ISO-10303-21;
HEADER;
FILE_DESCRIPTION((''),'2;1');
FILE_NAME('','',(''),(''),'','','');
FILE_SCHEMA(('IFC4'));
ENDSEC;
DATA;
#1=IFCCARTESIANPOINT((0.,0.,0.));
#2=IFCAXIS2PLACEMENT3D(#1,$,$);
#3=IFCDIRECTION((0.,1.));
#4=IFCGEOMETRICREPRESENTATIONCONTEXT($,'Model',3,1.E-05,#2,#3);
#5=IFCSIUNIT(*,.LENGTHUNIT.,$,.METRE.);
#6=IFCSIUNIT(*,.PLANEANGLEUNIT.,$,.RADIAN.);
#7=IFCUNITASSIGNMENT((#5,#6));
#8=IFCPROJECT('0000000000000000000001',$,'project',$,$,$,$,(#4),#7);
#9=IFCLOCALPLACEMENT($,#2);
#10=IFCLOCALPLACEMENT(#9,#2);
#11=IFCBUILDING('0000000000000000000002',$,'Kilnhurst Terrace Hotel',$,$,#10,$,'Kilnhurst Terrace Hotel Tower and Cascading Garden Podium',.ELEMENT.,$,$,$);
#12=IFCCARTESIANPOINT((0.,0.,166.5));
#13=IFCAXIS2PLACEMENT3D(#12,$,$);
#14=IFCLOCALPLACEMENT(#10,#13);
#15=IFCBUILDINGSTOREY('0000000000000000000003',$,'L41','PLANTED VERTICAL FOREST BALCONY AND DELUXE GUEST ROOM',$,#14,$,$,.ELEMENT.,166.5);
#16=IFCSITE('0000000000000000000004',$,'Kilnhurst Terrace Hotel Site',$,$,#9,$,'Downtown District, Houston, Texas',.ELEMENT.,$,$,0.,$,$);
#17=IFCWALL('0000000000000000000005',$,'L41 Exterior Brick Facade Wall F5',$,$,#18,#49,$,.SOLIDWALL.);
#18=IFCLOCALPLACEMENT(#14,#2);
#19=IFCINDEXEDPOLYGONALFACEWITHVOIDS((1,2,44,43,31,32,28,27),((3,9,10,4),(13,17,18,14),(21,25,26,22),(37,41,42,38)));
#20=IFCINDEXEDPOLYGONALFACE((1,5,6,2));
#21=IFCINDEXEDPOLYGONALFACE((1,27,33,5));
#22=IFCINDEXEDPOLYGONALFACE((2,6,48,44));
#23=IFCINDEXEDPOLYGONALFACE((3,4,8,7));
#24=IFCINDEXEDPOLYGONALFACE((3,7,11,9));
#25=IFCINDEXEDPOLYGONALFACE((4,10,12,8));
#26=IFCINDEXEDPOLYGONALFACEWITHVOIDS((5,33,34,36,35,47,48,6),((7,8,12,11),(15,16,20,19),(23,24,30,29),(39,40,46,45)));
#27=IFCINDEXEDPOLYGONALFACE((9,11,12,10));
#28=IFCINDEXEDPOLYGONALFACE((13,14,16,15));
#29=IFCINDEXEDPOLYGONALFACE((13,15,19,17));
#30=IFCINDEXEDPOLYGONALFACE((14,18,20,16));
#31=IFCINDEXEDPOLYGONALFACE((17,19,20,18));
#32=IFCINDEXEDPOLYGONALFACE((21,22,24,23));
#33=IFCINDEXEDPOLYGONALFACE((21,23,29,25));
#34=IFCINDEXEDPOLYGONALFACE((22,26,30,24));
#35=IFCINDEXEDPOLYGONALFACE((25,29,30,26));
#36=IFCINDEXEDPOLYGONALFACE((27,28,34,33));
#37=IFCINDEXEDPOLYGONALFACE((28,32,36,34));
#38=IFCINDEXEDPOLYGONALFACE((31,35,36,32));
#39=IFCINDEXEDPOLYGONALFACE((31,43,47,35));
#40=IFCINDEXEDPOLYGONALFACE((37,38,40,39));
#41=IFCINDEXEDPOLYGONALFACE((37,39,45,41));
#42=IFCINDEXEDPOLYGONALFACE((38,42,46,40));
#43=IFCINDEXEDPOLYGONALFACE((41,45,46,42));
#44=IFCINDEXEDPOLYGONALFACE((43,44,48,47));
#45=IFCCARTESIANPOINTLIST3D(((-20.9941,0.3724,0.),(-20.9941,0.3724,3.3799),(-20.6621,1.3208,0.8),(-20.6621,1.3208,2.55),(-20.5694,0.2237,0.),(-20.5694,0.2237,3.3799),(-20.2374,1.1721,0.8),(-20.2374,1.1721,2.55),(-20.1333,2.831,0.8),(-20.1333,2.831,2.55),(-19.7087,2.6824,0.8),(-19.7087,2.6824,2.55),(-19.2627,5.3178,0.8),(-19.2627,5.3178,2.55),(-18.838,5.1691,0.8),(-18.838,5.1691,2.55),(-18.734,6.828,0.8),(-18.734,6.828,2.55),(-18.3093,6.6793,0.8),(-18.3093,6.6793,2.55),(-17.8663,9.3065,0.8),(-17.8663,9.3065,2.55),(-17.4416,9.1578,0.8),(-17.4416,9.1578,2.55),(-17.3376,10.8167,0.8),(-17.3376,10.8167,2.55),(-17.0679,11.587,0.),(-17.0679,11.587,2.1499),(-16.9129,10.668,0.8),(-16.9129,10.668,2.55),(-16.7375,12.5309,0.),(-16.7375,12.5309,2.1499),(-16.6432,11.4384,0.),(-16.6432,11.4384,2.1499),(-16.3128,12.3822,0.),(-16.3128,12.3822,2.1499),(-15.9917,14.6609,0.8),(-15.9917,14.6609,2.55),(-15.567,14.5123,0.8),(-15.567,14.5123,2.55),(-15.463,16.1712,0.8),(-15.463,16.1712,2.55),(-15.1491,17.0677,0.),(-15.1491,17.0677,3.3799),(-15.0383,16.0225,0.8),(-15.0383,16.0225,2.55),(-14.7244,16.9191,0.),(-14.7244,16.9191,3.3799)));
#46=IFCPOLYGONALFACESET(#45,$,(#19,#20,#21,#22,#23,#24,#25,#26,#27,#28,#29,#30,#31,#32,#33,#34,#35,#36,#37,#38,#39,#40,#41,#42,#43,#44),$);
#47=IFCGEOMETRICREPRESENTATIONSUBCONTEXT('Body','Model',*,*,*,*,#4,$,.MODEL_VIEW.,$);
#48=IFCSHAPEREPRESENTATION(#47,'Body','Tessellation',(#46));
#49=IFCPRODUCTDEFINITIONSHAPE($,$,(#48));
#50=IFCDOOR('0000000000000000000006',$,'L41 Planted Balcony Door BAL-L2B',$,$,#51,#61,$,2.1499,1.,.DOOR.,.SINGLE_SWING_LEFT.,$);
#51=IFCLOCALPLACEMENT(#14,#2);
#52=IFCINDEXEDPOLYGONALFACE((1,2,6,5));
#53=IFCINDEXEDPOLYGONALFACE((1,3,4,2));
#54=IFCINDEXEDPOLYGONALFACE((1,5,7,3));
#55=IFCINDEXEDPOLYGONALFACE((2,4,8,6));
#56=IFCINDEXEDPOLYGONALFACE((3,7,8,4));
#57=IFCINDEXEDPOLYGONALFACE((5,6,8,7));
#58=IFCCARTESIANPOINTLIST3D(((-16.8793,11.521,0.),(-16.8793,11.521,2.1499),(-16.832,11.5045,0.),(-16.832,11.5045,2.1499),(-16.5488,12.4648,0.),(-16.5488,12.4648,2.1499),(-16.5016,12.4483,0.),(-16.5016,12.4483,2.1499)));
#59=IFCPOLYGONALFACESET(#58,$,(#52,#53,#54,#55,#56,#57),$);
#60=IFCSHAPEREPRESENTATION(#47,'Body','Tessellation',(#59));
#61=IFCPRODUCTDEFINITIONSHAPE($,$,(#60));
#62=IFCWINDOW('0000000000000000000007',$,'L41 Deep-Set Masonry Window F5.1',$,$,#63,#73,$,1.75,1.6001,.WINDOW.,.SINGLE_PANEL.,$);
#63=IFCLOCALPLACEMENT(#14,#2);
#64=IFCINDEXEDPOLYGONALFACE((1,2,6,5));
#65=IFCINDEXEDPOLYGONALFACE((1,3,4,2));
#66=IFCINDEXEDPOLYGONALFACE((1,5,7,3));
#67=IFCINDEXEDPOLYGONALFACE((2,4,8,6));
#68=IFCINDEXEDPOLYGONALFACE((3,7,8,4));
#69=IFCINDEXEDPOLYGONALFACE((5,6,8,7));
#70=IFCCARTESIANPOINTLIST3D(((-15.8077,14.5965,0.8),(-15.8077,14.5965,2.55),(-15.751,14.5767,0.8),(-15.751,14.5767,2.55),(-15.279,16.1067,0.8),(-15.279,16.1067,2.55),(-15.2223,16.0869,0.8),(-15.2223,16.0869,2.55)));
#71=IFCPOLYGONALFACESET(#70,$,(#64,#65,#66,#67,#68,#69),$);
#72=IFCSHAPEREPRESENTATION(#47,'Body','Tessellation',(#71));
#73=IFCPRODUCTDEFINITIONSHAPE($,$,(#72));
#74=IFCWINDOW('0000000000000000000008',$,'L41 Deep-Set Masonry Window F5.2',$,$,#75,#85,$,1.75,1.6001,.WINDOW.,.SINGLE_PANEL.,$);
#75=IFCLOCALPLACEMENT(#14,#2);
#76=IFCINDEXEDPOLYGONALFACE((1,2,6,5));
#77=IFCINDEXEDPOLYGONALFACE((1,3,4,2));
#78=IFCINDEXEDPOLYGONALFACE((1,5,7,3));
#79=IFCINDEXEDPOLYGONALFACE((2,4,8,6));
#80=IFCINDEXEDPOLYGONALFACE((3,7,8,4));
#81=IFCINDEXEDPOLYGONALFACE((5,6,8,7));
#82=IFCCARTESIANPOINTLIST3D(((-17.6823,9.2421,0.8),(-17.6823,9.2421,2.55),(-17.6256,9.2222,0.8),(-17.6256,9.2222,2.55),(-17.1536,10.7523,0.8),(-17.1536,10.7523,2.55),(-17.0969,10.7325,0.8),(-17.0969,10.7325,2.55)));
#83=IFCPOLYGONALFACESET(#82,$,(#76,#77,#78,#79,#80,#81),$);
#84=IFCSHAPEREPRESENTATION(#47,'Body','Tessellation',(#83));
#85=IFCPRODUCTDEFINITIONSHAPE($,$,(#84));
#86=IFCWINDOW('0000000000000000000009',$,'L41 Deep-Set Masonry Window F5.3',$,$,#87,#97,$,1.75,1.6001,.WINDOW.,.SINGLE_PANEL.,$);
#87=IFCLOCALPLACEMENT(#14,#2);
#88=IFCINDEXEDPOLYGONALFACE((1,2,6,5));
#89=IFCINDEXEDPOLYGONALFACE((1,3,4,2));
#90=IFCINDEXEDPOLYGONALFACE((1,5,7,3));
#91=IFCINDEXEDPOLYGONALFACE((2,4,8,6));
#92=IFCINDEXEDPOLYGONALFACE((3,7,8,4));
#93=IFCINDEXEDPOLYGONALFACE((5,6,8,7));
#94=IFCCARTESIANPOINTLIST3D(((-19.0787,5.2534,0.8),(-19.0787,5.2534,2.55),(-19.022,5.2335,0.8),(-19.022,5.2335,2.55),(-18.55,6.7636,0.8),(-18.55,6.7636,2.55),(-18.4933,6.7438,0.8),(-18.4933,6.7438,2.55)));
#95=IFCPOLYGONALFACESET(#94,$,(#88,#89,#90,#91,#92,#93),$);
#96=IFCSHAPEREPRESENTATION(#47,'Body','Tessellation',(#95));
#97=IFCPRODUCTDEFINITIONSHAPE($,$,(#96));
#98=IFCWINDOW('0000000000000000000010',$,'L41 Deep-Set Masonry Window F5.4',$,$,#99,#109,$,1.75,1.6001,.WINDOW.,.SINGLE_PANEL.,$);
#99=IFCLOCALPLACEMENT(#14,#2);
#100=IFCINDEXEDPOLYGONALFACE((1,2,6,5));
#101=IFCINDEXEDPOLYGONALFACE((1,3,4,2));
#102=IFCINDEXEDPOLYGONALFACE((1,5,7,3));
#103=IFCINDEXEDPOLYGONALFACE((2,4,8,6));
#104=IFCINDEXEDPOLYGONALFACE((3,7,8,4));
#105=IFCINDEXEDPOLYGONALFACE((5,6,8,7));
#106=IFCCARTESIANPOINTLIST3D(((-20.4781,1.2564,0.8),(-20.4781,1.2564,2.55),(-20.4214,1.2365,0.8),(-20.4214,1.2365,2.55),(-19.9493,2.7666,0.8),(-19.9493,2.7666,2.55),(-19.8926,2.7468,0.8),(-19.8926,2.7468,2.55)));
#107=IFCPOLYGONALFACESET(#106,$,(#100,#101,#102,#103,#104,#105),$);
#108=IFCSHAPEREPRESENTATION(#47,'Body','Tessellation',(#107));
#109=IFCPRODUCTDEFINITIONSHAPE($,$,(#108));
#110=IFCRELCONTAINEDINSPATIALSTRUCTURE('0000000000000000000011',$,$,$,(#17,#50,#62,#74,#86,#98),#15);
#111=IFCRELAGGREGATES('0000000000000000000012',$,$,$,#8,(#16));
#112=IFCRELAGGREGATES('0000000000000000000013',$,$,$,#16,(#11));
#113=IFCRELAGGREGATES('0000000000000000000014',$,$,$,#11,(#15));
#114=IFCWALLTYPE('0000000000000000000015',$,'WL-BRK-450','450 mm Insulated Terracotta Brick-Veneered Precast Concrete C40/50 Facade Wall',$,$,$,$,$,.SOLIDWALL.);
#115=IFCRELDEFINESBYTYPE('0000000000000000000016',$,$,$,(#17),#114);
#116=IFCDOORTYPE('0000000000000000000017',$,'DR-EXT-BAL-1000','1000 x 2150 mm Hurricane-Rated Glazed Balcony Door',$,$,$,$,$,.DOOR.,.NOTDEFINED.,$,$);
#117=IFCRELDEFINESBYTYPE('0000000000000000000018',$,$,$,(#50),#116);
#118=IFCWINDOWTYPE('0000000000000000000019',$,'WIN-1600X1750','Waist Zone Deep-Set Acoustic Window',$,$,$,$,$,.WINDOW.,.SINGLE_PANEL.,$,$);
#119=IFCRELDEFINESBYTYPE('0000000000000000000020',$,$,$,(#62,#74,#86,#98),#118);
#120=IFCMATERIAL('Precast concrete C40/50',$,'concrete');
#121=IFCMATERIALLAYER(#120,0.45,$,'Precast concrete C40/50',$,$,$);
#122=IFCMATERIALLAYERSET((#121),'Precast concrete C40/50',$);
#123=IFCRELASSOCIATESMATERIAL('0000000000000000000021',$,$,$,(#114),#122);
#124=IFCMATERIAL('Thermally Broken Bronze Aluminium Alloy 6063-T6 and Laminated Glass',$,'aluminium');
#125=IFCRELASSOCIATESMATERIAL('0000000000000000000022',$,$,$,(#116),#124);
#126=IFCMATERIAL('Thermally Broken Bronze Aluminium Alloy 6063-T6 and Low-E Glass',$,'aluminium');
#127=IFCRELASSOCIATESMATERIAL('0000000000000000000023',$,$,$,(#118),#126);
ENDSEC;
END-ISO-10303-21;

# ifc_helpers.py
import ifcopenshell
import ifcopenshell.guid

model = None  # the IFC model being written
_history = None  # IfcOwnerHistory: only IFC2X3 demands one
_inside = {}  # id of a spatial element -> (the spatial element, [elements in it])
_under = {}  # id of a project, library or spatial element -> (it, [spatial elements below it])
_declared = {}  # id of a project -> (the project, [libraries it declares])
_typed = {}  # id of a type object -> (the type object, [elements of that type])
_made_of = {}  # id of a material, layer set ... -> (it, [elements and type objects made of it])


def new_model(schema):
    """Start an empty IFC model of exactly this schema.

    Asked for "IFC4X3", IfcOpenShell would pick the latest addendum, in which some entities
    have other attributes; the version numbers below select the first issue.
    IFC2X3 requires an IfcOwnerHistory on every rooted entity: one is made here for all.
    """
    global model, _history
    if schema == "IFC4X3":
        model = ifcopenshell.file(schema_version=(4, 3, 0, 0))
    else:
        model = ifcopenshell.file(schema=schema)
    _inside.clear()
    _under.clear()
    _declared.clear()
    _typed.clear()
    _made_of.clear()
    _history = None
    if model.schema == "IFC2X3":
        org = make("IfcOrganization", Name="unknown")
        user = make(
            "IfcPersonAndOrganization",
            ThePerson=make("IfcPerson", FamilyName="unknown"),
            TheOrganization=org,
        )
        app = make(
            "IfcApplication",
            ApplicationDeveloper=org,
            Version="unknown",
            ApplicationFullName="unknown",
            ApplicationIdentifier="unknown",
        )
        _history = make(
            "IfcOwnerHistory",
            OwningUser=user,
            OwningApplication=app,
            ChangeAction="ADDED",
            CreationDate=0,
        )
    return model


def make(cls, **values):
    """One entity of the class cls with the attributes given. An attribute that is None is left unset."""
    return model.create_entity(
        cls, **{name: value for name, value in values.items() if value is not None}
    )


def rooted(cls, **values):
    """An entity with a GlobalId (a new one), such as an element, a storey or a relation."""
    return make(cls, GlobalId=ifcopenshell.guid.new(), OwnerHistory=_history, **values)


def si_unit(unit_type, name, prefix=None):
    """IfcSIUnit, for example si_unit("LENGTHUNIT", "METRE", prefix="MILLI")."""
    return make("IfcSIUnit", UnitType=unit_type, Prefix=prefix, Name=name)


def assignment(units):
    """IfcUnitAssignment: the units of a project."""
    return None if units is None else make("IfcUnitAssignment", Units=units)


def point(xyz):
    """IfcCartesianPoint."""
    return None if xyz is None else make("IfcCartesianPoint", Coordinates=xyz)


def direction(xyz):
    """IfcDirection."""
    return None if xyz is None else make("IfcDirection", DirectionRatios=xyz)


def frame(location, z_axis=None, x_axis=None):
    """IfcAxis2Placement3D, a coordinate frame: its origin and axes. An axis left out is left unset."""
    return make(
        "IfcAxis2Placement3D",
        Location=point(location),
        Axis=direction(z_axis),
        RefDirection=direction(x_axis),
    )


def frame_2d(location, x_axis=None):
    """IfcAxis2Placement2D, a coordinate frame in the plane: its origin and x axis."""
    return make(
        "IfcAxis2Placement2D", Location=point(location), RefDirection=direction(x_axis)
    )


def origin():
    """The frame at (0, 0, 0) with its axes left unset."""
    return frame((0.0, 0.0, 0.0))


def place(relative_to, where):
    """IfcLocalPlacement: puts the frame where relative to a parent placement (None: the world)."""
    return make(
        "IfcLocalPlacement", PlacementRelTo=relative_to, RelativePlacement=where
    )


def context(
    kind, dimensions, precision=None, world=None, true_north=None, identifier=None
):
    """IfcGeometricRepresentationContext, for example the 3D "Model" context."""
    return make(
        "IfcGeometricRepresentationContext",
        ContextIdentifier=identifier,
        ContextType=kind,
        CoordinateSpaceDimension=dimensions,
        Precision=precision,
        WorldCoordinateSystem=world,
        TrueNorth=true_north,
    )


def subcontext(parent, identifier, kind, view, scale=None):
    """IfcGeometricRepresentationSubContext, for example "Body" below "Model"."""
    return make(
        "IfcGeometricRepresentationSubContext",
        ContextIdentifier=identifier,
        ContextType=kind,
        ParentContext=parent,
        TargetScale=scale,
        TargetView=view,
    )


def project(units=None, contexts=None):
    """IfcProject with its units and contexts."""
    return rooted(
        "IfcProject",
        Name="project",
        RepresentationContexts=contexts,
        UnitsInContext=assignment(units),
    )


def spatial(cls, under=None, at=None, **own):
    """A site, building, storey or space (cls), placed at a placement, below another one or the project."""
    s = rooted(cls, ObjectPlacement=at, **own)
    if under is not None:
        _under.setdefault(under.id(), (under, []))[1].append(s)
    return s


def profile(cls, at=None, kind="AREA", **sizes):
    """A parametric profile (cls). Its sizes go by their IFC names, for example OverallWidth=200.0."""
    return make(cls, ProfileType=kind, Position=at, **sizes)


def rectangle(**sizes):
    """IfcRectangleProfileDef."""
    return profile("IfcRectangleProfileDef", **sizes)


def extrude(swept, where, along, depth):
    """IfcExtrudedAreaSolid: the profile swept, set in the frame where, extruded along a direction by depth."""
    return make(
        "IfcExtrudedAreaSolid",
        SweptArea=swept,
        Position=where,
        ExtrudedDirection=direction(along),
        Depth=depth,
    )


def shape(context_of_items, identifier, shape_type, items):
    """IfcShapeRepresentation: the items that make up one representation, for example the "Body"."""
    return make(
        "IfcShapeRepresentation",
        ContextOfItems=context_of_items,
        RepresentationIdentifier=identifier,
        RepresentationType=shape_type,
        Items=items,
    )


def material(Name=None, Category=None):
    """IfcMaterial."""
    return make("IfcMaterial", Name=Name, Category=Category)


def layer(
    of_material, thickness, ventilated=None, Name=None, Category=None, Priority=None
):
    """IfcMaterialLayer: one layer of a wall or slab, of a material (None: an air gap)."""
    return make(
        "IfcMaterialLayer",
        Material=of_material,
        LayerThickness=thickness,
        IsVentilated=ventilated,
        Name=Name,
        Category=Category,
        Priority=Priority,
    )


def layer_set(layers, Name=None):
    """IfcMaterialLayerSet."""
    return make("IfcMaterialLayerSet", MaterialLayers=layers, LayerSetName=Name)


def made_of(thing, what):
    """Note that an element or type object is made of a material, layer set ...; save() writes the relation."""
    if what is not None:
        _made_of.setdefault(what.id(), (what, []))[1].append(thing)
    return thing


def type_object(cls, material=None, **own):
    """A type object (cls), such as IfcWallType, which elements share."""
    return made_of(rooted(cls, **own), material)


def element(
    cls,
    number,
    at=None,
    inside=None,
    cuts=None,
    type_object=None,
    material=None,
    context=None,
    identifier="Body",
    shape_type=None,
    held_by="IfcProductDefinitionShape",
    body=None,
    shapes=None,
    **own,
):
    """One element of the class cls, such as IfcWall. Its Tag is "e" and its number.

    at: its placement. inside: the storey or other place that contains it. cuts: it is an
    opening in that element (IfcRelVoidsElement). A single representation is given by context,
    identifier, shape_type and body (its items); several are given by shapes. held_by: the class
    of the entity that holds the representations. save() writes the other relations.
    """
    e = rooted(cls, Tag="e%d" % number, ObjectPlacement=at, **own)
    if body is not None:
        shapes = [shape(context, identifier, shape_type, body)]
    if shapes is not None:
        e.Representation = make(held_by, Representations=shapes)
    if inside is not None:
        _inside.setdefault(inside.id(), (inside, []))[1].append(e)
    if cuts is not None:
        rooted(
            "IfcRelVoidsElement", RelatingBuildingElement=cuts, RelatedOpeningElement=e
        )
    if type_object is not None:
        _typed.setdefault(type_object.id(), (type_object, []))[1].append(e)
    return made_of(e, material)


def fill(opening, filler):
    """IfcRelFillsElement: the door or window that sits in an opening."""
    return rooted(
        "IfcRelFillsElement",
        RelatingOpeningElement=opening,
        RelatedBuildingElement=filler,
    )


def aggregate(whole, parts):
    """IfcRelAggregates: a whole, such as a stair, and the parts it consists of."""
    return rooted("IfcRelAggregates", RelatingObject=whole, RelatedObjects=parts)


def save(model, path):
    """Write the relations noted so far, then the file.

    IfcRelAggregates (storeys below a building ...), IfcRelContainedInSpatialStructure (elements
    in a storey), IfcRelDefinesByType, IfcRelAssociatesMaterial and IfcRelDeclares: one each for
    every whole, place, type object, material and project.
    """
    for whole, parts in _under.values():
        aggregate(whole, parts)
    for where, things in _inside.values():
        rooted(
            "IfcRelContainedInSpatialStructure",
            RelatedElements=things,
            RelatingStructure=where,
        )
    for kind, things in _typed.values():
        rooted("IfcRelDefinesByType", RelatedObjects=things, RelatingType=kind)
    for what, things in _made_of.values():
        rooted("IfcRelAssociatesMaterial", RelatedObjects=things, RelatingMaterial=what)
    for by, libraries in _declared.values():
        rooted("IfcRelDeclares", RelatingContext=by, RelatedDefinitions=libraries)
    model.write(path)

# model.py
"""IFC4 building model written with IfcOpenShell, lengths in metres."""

from ifc_helpers import new_model, si_unit, direction, frame, frame_2d, origin, place, context, subcontext, project, spatial, rectangle, extrude, material, layer, layer_set, type_object, element, fill, save


model = new_model("IFC4")

# Units and contexts
model_context = context("Model", 3, precision=1e-05, world=origin(), true_north=direction((0.0, 1.0)))
body_context = subcontext(model_context, "Body", "Model", "MODEL_VIEW")
ifc_project = project(units=[si_unit("LENGTHUNIT", "METRE"), si_unit("PLANEANGLEUNIT", "RADIAN")], contexts=[model_context])

# Site, building, storey
site_placement = place(None, origin())
site = spatial("IfcSite", under=ifc_project, at=site_placement, Name="Kilnhurst Terrace Hotel Site", LongName="Downtown District, Houston, Texas", CompositionType="ELEMENT", RefElevation=0.0)
building_placement = place(site_placement, origin())
building = spatial("IfcBuilding", under=site, at=building_placement, Name="Kilnhurst Terrace Hotel", LongName="Kilnhurst Terrace Hotel Tower and Cascading Garden Podium", CompositionType="ELEMENT")
storey_placement = place(building_placement, frame((0.0, 0.0, 166.5)))
storey = spatial("IfcBuildingStorey", under=building, at=storey_placement, Name="L41", Description="PLANTED VERTICAL FOREST BALCONY AND DELUXE GUEST ROOM", CompositionType="ELEMENT", Elevation=166.5)

# Shared definitions
ifc_material_1 = material(Name="Precast concrete C40/50", Category="concrete")
ifc_layer_1 = layer(ifc_material_1, 0.45, Name="Precast concrete C40/50")
ifc_layer_set_1 = layer_set([ifc_layer_1], Name="Precast concrete C40/50")
wall_type_1 = type_object("IfcWallType", Name="WL-BRK-450", Description="450 mm Insulated Terracotta Brick-Veneered Precast Concrete C40/50 Facade Wall", PredefinedType="SOLIDWALL", material=ifc_layer_set_1)

# Wall, openings, door, windows
wall_1_placement = place(storey_placement, frame((-14.9368, 16.9934, 0.0), z_axis=(0.0, 0.0, 1.0), x_axis=(-0.330432, -0.94383, 0.0)))
wall_1 = element("IfcWall", 1, at=wall_1_placement, inside=storey, type_object=wall_type_1, Name="L41 Exterior Brick Facade Wall F5", PredefinedType="SOLIDWALL", context=body_context, shape_type="SweptSolid", body=[
    extrude(rectangle(XDim=17.689, YDim=0.45, at=frame_2d((8.8445, 0.0))), origin(), (0.0, 0.0, 1.0), 3.3799),
])
opening_1_placement = place(wall_1_placement, frame((4.8069, 0.0, 0.0)))
opening_1 = element("IfcOpeningElement", 2, at=opening_1_placement, cuts=wall_1, PredefinedType="OPENING", context=body_context, shape_type="SweptSolid", body=[
    extrude(rectangle(XDim=1.0, YDim=2.1499, at=frame_2d((0.5, 1.075))), frame((0.0, 0.2349, 0.0), z_axis=(0.0, -1.0, 0.0), x_axis=(1.0, 0.0, 0.0)), (0.0, 0.0, 1.0), 0.47),
])
opening_2_placement = place(wall_1_placement, frame((0.95, 0.0, 0.8)))
opening_2 = element("IfcOpeningElement", 3, at=opening_2_placement, cuts=wall_1, PredefinedType="OPENING", context=body_context, shape_type="SweptSolid", body=[
    extrude(rectangle(XDim=1.6001, YDim=1.75, at=frame_2d((0.8, 0.875))), frame((0.0, 0.2349, 0.0), z_axis=(0.0, -1.0, 0.0), x_axis=(1.0, 0.0, 0.0)), (0.0, 0.0, 1.0), 0.47),
])
opening_3_placement = place(wall_1_placement, frame((6.623, 0.0, 0.8)))
opening_3 = element("IfcOpeningElement", 4, at=opening_3_placement, cuts=wall_1, PredefinedType="OPENING", context=body_context, shape_type="SweptSolid", body=[
    extrude(rectangle(XDim=1.6001, YDim=1.75, at=frame_2d((0.8, 0.875))), frame((0.0, 0.2349, 0.0), z_axis=(0.0, -1.0, 0.0), x_axis=(1.0, 0.0, 0.0)), (0.0, 0.0, 1.0), 0.47),
])
opening_4_placement = place(wall_1_placement, frame((10.8491, 0.0, 0.8)))
opening_4 = element("IfcOpeningElement", 5, at=opening_4_placement, cuts=wall_1, PredefinedType="OPENING", context=body_context, shape_type="SweptSolid", body=[
    extrude(rectangle(XDim=1.6001, YDim=1.75, at=frame_2d((0.8, 0.875))), frame((0.0, 0.2349, 0.0), z_axis=(0.0, -1.0, 0.0), x_axis=(1.0, 0.0, 0.0)), (0.0, 0.0, 1.0), 0.47),
])
opening_5_placement = place(wall_1_placement, frame((15.084, 0.0, 0.8)))
opening_5 = element("IfcOpeningElement", 6, at=opening_5_placement, cuts=wall_1, PredefinedType="OPENING", context=body_context, shape_type="SweptSolid", body=[
    extrude(rectangle(XDim=1.6001, YDim=1.75, at=frame_2d((0.8, 0.875))), frame((0.0, 0.2349, 0.0), z_axis=(0.0, -1.0, 0.0), x_axis=(1.0, 0.0, 0.0)), (0.0, 0.0, 1.0), 0.47),
])
ifc_material_2 = material(Name="Thermally Broken Bronze Aluminium Alloy 6063-T6 and Laminated Glass", Category="aluminium")
door_type_1 = type_object("IfcDoorType", Name="DR-EXT-BAL-1000", Description="1000 x 2150 mm Hurricane-Rated Glazed Balcony Door", OperationType="NOTDEFINED", PredefinedType="DOOR", material=ifc_material_2)
door_1_placement = place(opening_1_placement, origin())
door_1 = element("IfcDoor", 7, at=door_1_placement, inside=storey, type_object=door_type_1, Name="L41 Planted Balcony Door BAL-L2B", OperationType="SINGLE_SWING_LEFT", OverallHeight=2.1499, OverallWidth=1.0, PredefinedType="DOOR", context=body_context, shape_type="SweptSolid", body=[
    extrude(rectangle(XDim=1.0, YDim=2.1499, at=frame_2d((0.5, 1.075))), frame((0.0, 0.0249, 0.0), z_axis=(0.0, -1.0, 0.0), x_axis=(1.0, 0.0, 0.0)), (0.0, 0.0, 1.0), 0.05),
])
fill(opening_1, door_1)
ifc_material_3 = material(Name="Thermally Broken Bronze Aluminium Alloy 6063-T6 and Low-E Glass", Category="aluminium")
window_type = type_object("IfcWindowType", Name="WIN-1600X1750", Description="Waist Zone Deep-Set Acoustic Window", PartitioningType="SINGLE_PANEL", PredefinedType="WINDOW", material=ifc_material_3)
window_1_placement = place(opening_2_placement, origin())
window_1 = element("IfcWindow", 8, at=window_1_placement, inside=storey, type_object=window_type, Name="L41 Deep-Set Masonry Window F5.1", OverallHeight=1.75, OverallWidth=1.6001, PartitioningType="SINGLE_PANEL", PredefinedType="WINDOW", context=body_context, shape_type="SweptSolid", body=[
    extrude(rectangle(XDim=1.6001, YDim=1.75, at=frame_2d((0.8, 0.875))), frame((0.0, 0.03, 0.0), z_axis=(0.0, -1.0, 0.0), x_axis=(1.0, 0.0, 0.0)), (0.0, 0.0, 1.0), 0.0601),
])
fill(opening_2, window_1)
window_2_placement = place(opening_3_placement, origin())
window_2 = element("IfcWindow", 9, at=window_2_placement, inside=storey, type_object=window_type, Name="L41 Deep-Set Masonry Window F5.2", OverallHeight=1.75, OverallWidth=1.6001, PartitioningType="SINGLE_PANEL", PredefinedType="WINDOW", context=body_context, shape_type="SweptSolid", body=[
    extrude(rectangle(XDim=1.6001, YDim=1.75, at=frame_2d((0.8, 0.875))), frame((0.0, 0.03, 0.0), z_axis=(0.0, -1.0, 0.0), x_axis=(1.0, 0.0, 0.0)), (0.0, 0.0, 1.0), 0.0601),
])
fill(opening_3, window_2)
window_3_placement = place(opening_4_placement, origin())
window_3 = element("IfcWindow", 10, at=window_3_placement, inside=storey, type_object=window_type, Name="L41 Deep-Set Masonry Window F5.3", OverallHeight=1.75, OverallWidth=1.6001, PartitioningType="SINGLE_PANEL", PredefinedType="WINDOW", context=body_context, shape_type="SweptSolid", body=[
    extrude(rectangle(XDim=1.6001, YDim=1.75, at=frame_2d((0.8, 0.875))), frame((0.0, 0.03, 0.0), z_axis=(0.0, -1.0, 0.0), x_axis=(1.0, 0.0, 0.0)), (0.0, 0.0, 1.0), 0.0601),
])
fill(opening_4, window_3)
window_4_placement = place(opening_5_placement, origin())
window_4 = element("IfcWindow", 11, at=window_4_placement, inside=storey, type_object=window_type, Name="L41 Deep-Set Masonry Window F5.4", OverallHeight=1.75, OverallWidth=1.6001, PartitioningType="SINGLE_PANEL", PredefinedType="WINDOW", context=body_context, shape_type="SweptSolid", body=[
    extrude(rectangle(XDim=1.6001, YDim=1.75, at=frame_2d((0.8, 0.875))), frame((0.0, 0.03, 0.0), z_axis=(0.0, -1.0, 0.0), x_axis=(1.0, 0.0, 0.0)), (0.0, 0.0, 1.0), 0.0601),
])
fill(opening_5, window_4)

save(model, "model.ifc")
